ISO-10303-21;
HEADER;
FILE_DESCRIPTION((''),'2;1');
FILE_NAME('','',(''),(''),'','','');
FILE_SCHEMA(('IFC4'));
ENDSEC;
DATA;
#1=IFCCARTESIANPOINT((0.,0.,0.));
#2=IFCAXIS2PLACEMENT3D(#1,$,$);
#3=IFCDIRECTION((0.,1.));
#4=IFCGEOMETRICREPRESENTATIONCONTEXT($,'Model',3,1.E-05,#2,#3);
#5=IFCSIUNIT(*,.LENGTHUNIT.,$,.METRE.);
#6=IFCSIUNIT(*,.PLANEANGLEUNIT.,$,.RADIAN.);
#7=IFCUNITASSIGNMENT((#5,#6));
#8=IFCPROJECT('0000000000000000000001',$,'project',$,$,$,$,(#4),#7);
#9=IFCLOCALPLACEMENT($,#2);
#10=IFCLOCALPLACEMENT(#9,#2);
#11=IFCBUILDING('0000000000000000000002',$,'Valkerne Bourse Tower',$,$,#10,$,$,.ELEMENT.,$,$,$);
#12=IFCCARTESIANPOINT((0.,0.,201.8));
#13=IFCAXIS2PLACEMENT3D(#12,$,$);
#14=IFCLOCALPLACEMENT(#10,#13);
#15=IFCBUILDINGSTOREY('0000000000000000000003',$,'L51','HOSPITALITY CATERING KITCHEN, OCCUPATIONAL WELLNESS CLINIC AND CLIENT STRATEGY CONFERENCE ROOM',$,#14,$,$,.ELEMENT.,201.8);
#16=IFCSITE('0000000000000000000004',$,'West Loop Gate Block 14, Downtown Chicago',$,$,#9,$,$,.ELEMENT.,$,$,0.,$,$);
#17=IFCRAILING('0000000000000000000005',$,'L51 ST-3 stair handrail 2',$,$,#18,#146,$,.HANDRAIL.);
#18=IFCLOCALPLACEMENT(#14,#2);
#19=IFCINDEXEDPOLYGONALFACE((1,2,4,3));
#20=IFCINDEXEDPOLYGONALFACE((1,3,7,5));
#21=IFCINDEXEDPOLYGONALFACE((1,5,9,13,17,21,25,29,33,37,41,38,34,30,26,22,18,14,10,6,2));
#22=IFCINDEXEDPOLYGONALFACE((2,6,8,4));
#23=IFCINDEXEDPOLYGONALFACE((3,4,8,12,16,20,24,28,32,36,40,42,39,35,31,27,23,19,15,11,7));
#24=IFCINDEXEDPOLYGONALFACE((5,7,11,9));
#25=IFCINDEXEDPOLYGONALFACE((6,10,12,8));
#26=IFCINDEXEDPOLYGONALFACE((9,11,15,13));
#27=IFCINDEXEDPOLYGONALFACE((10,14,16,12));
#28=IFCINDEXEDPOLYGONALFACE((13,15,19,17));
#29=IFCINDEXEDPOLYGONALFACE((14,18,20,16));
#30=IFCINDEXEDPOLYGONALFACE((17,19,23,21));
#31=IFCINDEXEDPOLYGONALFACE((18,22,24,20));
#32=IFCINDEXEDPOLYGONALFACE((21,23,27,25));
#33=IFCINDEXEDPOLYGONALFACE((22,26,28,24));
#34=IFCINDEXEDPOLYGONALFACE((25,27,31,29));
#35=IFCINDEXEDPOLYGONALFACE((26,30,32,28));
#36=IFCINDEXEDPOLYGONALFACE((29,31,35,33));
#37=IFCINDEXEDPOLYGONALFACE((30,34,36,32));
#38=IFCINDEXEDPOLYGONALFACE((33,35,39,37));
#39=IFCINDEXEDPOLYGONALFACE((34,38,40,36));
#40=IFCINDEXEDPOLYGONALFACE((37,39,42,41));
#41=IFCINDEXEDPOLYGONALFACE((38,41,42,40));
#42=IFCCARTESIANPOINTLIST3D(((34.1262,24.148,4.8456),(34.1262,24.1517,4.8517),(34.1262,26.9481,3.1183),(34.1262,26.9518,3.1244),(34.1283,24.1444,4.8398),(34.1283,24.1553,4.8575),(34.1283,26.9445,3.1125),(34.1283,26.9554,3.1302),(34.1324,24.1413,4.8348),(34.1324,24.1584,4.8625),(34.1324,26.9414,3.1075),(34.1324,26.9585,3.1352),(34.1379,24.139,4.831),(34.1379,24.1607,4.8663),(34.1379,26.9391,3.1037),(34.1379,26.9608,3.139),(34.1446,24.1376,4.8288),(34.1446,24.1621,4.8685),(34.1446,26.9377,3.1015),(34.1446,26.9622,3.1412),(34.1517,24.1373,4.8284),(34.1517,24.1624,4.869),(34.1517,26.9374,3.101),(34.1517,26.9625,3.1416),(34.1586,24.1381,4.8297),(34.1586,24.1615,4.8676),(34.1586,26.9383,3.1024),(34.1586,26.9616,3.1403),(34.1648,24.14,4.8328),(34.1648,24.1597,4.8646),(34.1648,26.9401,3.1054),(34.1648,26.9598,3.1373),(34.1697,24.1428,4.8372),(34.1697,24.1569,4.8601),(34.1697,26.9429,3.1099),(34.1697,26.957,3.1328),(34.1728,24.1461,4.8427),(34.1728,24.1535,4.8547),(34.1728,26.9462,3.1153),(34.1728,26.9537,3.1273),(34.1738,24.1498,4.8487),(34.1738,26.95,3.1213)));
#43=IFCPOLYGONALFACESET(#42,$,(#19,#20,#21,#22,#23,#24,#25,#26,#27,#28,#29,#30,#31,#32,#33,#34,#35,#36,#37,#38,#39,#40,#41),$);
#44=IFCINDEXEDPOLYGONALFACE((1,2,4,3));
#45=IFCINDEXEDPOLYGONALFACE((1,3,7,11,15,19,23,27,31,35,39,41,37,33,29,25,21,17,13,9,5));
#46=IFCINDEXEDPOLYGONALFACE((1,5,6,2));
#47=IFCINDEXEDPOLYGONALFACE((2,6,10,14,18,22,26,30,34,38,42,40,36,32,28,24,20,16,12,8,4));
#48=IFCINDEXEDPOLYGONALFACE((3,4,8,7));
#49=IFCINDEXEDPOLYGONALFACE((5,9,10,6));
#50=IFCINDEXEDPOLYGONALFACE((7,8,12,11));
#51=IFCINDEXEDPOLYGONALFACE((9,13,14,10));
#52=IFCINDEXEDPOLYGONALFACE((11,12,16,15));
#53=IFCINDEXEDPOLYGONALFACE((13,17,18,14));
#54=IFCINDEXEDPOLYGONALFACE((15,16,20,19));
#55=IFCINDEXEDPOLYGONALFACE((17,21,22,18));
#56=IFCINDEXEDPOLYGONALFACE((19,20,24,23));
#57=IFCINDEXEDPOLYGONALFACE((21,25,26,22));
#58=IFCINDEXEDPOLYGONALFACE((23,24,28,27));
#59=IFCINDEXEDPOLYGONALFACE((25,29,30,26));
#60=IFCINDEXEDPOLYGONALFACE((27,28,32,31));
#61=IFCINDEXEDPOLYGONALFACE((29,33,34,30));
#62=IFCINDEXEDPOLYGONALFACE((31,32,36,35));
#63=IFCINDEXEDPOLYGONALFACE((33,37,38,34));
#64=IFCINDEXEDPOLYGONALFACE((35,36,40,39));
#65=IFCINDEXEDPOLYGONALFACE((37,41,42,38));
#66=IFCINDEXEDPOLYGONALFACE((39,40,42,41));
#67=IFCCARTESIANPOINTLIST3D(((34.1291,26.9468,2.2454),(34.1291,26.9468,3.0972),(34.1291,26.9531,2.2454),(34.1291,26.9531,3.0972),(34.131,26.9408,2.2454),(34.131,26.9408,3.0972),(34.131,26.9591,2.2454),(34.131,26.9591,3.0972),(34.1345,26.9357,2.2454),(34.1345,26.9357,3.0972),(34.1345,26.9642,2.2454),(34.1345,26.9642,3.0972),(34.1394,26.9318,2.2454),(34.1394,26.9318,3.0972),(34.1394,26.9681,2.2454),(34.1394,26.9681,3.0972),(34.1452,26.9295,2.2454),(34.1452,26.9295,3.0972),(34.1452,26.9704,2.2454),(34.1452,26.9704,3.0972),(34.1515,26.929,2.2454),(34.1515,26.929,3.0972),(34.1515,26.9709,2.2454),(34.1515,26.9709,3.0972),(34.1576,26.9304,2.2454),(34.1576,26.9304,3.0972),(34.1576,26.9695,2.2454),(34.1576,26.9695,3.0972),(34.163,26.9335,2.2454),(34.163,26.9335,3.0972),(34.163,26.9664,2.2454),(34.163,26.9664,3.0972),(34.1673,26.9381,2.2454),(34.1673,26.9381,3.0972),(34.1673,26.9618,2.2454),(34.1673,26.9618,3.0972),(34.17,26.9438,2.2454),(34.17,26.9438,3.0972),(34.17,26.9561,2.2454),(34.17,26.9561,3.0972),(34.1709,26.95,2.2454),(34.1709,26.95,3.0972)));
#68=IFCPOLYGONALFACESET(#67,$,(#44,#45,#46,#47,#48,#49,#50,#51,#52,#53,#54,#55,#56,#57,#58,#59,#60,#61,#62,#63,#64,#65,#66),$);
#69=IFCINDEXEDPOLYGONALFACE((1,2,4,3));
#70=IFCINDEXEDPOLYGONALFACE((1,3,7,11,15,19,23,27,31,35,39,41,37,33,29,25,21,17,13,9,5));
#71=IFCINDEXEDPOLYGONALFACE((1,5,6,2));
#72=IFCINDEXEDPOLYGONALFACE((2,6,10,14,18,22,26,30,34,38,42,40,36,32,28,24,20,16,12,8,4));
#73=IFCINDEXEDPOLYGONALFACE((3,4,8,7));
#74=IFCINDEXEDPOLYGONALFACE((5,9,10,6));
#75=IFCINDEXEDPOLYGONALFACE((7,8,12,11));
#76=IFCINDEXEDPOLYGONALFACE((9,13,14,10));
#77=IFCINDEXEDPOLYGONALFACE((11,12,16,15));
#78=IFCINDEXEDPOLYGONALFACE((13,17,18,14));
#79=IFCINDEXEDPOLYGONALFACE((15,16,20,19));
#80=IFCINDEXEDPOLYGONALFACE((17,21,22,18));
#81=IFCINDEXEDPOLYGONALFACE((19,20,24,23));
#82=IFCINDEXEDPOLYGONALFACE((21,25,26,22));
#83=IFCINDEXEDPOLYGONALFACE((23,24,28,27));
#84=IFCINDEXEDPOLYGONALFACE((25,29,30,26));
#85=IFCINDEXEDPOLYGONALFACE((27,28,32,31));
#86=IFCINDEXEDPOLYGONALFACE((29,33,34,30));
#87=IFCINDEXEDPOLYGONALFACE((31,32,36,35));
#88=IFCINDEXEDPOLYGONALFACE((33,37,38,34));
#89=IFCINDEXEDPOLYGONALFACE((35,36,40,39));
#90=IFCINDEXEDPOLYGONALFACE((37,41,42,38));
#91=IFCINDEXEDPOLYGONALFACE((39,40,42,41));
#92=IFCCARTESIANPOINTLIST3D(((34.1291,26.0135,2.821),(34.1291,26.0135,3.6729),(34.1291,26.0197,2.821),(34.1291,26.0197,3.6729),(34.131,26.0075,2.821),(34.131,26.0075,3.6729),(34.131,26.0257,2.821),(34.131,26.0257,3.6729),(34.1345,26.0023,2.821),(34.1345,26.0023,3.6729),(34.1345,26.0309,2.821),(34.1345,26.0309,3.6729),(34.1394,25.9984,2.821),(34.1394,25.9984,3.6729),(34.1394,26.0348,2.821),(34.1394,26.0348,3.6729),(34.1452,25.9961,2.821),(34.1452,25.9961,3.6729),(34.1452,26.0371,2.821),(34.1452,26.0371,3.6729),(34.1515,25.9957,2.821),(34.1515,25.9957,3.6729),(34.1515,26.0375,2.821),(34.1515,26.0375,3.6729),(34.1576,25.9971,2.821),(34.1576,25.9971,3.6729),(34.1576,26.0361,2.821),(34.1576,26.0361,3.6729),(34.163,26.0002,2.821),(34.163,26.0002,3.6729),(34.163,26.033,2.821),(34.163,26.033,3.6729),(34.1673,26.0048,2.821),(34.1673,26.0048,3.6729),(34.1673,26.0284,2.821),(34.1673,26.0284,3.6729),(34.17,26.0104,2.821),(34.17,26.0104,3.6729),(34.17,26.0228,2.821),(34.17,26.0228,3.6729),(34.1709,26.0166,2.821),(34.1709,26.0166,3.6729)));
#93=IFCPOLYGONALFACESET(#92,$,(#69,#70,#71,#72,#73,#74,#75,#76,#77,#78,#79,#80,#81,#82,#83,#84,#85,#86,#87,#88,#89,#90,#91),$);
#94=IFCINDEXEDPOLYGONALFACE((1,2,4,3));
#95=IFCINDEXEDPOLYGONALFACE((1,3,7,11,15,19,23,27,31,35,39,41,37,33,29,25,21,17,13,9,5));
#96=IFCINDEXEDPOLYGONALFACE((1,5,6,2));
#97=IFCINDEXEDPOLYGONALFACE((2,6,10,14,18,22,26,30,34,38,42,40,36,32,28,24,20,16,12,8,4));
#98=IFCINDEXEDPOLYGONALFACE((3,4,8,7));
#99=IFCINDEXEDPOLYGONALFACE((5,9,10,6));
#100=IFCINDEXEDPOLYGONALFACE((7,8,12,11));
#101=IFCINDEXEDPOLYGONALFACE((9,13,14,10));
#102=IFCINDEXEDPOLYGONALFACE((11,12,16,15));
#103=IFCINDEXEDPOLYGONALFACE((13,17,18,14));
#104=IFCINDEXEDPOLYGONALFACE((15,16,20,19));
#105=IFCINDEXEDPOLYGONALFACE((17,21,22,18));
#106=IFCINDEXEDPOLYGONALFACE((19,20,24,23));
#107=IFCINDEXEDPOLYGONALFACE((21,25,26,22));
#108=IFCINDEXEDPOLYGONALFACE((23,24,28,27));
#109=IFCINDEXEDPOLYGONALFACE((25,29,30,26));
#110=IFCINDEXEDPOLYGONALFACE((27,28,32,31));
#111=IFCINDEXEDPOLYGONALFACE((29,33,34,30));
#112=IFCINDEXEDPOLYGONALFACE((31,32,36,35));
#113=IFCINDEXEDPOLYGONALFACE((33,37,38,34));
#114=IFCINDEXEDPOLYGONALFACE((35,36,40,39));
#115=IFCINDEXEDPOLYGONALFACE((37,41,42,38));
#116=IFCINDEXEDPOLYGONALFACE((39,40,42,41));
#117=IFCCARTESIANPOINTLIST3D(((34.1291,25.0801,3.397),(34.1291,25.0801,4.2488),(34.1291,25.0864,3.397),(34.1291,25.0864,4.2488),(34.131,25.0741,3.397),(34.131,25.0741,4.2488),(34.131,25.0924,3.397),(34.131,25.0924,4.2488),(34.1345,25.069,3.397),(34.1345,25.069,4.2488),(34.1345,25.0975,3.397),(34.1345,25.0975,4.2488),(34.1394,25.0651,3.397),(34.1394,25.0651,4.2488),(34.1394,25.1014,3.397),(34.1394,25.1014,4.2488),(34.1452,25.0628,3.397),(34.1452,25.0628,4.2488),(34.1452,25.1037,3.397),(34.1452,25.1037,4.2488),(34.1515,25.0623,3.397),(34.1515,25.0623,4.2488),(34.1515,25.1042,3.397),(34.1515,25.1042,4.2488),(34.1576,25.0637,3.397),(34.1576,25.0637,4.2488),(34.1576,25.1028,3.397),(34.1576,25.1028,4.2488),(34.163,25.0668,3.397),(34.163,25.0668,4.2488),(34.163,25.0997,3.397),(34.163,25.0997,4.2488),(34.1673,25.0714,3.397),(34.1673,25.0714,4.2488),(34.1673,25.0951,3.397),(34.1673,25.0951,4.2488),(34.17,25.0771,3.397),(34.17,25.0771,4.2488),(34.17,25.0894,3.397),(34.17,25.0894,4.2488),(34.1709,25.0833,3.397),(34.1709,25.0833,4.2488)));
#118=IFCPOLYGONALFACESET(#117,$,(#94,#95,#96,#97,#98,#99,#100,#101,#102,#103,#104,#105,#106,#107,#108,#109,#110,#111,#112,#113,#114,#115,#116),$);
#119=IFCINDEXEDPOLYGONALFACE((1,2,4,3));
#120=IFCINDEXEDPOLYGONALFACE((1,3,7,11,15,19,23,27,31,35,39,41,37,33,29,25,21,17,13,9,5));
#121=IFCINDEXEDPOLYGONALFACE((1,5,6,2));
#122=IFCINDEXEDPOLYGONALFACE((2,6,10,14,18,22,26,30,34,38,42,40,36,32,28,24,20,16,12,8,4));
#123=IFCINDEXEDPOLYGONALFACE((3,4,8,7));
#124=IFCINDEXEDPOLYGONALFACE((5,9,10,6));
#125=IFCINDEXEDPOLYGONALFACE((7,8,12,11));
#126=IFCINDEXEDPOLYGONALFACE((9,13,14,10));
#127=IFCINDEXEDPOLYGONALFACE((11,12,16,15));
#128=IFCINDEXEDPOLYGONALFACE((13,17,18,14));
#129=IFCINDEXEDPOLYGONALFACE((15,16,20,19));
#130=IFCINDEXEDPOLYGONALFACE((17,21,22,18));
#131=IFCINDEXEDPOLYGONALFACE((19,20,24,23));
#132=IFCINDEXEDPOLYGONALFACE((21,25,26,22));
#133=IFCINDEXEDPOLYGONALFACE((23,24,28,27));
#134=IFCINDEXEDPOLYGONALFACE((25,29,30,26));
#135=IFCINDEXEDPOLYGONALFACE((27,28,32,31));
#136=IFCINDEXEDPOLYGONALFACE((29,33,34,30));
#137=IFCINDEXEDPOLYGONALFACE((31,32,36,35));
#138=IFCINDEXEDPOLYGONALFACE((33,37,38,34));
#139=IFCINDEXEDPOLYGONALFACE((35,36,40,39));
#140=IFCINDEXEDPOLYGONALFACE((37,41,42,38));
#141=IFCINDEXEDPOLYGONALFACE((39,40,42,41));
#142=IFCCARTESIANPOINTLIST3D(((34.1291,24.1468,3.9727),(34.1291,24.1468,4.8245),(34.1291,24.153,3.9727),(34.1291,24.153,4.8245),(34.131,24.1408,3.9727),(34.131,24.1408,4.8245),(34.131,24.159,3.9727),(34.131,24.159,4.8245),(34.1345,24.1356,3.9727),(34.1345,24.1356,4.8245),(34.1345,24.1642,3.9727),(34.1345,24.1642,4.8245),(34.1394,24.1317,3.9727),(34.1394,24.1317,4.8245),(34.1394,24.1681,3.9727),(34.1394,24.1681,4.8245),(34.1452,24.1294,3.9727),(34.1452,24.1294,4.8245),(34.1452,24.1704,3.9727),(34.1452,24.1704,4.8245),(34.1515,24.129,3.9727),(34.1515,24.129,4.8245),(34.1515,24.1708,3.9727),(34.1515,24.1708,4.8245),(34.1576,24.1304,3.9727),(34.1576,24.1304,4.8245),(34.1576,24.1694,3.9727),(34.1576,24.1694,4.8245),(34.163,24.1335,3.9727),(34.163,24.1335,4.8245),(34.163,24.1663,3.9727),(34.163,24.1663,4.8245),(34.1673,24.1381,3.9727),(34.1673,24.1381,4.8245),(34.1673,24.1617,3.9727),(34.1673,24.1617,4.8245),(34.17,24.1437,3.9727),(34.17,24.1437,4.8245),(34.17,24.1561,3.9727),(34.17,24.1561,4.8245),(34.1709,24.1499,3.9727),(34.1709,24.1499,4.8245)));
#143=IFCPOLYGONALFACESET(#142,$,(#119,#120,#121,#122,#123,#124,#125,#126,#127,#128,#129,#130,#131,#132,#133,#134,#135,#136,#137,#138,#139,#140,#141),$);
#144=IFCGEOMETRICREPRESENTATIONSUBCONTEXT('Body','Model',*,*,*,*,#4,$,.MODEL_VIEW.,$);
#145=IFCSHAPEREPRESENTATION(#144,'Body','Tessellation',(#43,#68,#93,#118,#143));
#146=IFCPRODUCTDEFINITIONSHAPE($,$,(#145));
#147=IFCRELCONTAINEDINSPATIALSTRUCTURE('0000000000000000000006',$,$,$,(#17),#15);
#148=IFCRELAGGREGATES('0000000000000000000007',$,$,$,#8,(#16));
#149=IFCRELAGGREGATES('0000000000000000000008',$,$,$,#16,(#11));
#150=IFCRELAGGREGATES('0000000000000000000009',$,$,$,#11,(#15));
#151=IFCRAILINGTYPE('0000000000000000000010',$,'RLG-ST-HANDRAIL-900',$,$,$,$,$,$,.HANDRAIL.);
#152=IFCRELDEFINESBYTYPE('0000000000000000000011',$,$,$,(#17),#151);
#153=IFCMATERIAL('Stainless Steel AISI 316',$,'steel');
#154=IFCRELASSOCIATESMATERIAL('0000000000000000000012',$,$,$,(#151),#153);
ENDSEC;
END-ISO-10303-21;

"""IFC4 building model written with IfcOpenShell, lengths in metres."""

from ifc_helpers import new_model, si_unit, direction, frame, origin, origin_2d, place, context, subcontext, project, spatial, circle, extrude, material, type_object, element, save


model = new_model("IFC4")

# Units and contexts
model_context = context("Model", 3, precision=1e-05, world=origin(), true_north=direction((0.0, 1.0)))
body_context = subcontext(model_context, "Body", "Model", "MODEL_VIEW")
ifc_project = project(units=[si_unit("LENGTHUNIT", "METRE"), si_unit("PLANEANGLEUNIT", "RADIAN")], contexts=[model_context])

# Site, building, storey
site_placement = place(None, origin())
site = spatial("IfcSite", under=ifc_project, at=site_placement, Name="West Loop Gate Block 14, Downtown Chicago", CompositionType="ELEMENT", RefElevation=0.0)
building_placement = place(site_placement, origin())
building = spatial("IfcBuilding", under=site, at=building_placement, Name="Valkerne Bourse Tower", CompositionType="ELEMENT")
storey_placement = place(building_placement, frame((0.0, 0.0, 201.8)))
storey = spatial("IfcBuildingStorey", under=building, at=storey_placement, Name="L51", Description="HOSPITALITY CATERING KITCHEN, OCCUPATIONAL WELLNESS CLINIC AND CLIENT STRATEGY CONFERENCE ROOM", CompositionType="ELEMENT", Elevation=201.8)

# Railing
ifc_material_1 = material(Name="Stainless Steel AISI 316", Category="steel")
railing_type_1 = type_object("IfcRailingType", Name="RLG-ST-HANDRAIL-900", PredefinedType="HANDRAIL", material=ifc_material_1)
railing_1_placement = place(storey_placement, frame((34.1499, 26.95, 2.2454)))
element("IfcRailing", 1, at=railing_1_placement, inside=storey, type_object=railing_type_1, Name="L51 ST-3 stair handrail 2", PredefinedType="HANDRAIL", context=body_context, shape_type="SweptSolid", body=[
    extrude(circle(Radius=0.0239, at=origin_2d()), frame((0.0, 0.0, 0.876), z_axis=(0.0, -0.85109, 0.52502), x_axis=(1.0, 0.0, 0.0)), (0.0, 0.0, 1.0), 3.29),
    extrude(circle(Radius=0.021, at=origin_2d()), origin(), (0.0, 0.0, 1.0), 0.8518),
    extrude(circle(Radius=0.021, at=origin_2d()), frame((0.0, -0.9333, 0.5757)), (0.0, 0.0, 1.0), 0.8518),
    extrude(circle(Radius=0.021, at=origin_2d()), frame((0.0, -1.8667, 1.1516)), (0.0, 0.0, 1.0), 0.8518),
    extrude(circle(Radius=0.021, at=origin_2d()), frame((0.0, -2.8, 1.7273)), (0.0, 0.0, 1.0), 0.8518),
])

save(model, "model.ifc")
